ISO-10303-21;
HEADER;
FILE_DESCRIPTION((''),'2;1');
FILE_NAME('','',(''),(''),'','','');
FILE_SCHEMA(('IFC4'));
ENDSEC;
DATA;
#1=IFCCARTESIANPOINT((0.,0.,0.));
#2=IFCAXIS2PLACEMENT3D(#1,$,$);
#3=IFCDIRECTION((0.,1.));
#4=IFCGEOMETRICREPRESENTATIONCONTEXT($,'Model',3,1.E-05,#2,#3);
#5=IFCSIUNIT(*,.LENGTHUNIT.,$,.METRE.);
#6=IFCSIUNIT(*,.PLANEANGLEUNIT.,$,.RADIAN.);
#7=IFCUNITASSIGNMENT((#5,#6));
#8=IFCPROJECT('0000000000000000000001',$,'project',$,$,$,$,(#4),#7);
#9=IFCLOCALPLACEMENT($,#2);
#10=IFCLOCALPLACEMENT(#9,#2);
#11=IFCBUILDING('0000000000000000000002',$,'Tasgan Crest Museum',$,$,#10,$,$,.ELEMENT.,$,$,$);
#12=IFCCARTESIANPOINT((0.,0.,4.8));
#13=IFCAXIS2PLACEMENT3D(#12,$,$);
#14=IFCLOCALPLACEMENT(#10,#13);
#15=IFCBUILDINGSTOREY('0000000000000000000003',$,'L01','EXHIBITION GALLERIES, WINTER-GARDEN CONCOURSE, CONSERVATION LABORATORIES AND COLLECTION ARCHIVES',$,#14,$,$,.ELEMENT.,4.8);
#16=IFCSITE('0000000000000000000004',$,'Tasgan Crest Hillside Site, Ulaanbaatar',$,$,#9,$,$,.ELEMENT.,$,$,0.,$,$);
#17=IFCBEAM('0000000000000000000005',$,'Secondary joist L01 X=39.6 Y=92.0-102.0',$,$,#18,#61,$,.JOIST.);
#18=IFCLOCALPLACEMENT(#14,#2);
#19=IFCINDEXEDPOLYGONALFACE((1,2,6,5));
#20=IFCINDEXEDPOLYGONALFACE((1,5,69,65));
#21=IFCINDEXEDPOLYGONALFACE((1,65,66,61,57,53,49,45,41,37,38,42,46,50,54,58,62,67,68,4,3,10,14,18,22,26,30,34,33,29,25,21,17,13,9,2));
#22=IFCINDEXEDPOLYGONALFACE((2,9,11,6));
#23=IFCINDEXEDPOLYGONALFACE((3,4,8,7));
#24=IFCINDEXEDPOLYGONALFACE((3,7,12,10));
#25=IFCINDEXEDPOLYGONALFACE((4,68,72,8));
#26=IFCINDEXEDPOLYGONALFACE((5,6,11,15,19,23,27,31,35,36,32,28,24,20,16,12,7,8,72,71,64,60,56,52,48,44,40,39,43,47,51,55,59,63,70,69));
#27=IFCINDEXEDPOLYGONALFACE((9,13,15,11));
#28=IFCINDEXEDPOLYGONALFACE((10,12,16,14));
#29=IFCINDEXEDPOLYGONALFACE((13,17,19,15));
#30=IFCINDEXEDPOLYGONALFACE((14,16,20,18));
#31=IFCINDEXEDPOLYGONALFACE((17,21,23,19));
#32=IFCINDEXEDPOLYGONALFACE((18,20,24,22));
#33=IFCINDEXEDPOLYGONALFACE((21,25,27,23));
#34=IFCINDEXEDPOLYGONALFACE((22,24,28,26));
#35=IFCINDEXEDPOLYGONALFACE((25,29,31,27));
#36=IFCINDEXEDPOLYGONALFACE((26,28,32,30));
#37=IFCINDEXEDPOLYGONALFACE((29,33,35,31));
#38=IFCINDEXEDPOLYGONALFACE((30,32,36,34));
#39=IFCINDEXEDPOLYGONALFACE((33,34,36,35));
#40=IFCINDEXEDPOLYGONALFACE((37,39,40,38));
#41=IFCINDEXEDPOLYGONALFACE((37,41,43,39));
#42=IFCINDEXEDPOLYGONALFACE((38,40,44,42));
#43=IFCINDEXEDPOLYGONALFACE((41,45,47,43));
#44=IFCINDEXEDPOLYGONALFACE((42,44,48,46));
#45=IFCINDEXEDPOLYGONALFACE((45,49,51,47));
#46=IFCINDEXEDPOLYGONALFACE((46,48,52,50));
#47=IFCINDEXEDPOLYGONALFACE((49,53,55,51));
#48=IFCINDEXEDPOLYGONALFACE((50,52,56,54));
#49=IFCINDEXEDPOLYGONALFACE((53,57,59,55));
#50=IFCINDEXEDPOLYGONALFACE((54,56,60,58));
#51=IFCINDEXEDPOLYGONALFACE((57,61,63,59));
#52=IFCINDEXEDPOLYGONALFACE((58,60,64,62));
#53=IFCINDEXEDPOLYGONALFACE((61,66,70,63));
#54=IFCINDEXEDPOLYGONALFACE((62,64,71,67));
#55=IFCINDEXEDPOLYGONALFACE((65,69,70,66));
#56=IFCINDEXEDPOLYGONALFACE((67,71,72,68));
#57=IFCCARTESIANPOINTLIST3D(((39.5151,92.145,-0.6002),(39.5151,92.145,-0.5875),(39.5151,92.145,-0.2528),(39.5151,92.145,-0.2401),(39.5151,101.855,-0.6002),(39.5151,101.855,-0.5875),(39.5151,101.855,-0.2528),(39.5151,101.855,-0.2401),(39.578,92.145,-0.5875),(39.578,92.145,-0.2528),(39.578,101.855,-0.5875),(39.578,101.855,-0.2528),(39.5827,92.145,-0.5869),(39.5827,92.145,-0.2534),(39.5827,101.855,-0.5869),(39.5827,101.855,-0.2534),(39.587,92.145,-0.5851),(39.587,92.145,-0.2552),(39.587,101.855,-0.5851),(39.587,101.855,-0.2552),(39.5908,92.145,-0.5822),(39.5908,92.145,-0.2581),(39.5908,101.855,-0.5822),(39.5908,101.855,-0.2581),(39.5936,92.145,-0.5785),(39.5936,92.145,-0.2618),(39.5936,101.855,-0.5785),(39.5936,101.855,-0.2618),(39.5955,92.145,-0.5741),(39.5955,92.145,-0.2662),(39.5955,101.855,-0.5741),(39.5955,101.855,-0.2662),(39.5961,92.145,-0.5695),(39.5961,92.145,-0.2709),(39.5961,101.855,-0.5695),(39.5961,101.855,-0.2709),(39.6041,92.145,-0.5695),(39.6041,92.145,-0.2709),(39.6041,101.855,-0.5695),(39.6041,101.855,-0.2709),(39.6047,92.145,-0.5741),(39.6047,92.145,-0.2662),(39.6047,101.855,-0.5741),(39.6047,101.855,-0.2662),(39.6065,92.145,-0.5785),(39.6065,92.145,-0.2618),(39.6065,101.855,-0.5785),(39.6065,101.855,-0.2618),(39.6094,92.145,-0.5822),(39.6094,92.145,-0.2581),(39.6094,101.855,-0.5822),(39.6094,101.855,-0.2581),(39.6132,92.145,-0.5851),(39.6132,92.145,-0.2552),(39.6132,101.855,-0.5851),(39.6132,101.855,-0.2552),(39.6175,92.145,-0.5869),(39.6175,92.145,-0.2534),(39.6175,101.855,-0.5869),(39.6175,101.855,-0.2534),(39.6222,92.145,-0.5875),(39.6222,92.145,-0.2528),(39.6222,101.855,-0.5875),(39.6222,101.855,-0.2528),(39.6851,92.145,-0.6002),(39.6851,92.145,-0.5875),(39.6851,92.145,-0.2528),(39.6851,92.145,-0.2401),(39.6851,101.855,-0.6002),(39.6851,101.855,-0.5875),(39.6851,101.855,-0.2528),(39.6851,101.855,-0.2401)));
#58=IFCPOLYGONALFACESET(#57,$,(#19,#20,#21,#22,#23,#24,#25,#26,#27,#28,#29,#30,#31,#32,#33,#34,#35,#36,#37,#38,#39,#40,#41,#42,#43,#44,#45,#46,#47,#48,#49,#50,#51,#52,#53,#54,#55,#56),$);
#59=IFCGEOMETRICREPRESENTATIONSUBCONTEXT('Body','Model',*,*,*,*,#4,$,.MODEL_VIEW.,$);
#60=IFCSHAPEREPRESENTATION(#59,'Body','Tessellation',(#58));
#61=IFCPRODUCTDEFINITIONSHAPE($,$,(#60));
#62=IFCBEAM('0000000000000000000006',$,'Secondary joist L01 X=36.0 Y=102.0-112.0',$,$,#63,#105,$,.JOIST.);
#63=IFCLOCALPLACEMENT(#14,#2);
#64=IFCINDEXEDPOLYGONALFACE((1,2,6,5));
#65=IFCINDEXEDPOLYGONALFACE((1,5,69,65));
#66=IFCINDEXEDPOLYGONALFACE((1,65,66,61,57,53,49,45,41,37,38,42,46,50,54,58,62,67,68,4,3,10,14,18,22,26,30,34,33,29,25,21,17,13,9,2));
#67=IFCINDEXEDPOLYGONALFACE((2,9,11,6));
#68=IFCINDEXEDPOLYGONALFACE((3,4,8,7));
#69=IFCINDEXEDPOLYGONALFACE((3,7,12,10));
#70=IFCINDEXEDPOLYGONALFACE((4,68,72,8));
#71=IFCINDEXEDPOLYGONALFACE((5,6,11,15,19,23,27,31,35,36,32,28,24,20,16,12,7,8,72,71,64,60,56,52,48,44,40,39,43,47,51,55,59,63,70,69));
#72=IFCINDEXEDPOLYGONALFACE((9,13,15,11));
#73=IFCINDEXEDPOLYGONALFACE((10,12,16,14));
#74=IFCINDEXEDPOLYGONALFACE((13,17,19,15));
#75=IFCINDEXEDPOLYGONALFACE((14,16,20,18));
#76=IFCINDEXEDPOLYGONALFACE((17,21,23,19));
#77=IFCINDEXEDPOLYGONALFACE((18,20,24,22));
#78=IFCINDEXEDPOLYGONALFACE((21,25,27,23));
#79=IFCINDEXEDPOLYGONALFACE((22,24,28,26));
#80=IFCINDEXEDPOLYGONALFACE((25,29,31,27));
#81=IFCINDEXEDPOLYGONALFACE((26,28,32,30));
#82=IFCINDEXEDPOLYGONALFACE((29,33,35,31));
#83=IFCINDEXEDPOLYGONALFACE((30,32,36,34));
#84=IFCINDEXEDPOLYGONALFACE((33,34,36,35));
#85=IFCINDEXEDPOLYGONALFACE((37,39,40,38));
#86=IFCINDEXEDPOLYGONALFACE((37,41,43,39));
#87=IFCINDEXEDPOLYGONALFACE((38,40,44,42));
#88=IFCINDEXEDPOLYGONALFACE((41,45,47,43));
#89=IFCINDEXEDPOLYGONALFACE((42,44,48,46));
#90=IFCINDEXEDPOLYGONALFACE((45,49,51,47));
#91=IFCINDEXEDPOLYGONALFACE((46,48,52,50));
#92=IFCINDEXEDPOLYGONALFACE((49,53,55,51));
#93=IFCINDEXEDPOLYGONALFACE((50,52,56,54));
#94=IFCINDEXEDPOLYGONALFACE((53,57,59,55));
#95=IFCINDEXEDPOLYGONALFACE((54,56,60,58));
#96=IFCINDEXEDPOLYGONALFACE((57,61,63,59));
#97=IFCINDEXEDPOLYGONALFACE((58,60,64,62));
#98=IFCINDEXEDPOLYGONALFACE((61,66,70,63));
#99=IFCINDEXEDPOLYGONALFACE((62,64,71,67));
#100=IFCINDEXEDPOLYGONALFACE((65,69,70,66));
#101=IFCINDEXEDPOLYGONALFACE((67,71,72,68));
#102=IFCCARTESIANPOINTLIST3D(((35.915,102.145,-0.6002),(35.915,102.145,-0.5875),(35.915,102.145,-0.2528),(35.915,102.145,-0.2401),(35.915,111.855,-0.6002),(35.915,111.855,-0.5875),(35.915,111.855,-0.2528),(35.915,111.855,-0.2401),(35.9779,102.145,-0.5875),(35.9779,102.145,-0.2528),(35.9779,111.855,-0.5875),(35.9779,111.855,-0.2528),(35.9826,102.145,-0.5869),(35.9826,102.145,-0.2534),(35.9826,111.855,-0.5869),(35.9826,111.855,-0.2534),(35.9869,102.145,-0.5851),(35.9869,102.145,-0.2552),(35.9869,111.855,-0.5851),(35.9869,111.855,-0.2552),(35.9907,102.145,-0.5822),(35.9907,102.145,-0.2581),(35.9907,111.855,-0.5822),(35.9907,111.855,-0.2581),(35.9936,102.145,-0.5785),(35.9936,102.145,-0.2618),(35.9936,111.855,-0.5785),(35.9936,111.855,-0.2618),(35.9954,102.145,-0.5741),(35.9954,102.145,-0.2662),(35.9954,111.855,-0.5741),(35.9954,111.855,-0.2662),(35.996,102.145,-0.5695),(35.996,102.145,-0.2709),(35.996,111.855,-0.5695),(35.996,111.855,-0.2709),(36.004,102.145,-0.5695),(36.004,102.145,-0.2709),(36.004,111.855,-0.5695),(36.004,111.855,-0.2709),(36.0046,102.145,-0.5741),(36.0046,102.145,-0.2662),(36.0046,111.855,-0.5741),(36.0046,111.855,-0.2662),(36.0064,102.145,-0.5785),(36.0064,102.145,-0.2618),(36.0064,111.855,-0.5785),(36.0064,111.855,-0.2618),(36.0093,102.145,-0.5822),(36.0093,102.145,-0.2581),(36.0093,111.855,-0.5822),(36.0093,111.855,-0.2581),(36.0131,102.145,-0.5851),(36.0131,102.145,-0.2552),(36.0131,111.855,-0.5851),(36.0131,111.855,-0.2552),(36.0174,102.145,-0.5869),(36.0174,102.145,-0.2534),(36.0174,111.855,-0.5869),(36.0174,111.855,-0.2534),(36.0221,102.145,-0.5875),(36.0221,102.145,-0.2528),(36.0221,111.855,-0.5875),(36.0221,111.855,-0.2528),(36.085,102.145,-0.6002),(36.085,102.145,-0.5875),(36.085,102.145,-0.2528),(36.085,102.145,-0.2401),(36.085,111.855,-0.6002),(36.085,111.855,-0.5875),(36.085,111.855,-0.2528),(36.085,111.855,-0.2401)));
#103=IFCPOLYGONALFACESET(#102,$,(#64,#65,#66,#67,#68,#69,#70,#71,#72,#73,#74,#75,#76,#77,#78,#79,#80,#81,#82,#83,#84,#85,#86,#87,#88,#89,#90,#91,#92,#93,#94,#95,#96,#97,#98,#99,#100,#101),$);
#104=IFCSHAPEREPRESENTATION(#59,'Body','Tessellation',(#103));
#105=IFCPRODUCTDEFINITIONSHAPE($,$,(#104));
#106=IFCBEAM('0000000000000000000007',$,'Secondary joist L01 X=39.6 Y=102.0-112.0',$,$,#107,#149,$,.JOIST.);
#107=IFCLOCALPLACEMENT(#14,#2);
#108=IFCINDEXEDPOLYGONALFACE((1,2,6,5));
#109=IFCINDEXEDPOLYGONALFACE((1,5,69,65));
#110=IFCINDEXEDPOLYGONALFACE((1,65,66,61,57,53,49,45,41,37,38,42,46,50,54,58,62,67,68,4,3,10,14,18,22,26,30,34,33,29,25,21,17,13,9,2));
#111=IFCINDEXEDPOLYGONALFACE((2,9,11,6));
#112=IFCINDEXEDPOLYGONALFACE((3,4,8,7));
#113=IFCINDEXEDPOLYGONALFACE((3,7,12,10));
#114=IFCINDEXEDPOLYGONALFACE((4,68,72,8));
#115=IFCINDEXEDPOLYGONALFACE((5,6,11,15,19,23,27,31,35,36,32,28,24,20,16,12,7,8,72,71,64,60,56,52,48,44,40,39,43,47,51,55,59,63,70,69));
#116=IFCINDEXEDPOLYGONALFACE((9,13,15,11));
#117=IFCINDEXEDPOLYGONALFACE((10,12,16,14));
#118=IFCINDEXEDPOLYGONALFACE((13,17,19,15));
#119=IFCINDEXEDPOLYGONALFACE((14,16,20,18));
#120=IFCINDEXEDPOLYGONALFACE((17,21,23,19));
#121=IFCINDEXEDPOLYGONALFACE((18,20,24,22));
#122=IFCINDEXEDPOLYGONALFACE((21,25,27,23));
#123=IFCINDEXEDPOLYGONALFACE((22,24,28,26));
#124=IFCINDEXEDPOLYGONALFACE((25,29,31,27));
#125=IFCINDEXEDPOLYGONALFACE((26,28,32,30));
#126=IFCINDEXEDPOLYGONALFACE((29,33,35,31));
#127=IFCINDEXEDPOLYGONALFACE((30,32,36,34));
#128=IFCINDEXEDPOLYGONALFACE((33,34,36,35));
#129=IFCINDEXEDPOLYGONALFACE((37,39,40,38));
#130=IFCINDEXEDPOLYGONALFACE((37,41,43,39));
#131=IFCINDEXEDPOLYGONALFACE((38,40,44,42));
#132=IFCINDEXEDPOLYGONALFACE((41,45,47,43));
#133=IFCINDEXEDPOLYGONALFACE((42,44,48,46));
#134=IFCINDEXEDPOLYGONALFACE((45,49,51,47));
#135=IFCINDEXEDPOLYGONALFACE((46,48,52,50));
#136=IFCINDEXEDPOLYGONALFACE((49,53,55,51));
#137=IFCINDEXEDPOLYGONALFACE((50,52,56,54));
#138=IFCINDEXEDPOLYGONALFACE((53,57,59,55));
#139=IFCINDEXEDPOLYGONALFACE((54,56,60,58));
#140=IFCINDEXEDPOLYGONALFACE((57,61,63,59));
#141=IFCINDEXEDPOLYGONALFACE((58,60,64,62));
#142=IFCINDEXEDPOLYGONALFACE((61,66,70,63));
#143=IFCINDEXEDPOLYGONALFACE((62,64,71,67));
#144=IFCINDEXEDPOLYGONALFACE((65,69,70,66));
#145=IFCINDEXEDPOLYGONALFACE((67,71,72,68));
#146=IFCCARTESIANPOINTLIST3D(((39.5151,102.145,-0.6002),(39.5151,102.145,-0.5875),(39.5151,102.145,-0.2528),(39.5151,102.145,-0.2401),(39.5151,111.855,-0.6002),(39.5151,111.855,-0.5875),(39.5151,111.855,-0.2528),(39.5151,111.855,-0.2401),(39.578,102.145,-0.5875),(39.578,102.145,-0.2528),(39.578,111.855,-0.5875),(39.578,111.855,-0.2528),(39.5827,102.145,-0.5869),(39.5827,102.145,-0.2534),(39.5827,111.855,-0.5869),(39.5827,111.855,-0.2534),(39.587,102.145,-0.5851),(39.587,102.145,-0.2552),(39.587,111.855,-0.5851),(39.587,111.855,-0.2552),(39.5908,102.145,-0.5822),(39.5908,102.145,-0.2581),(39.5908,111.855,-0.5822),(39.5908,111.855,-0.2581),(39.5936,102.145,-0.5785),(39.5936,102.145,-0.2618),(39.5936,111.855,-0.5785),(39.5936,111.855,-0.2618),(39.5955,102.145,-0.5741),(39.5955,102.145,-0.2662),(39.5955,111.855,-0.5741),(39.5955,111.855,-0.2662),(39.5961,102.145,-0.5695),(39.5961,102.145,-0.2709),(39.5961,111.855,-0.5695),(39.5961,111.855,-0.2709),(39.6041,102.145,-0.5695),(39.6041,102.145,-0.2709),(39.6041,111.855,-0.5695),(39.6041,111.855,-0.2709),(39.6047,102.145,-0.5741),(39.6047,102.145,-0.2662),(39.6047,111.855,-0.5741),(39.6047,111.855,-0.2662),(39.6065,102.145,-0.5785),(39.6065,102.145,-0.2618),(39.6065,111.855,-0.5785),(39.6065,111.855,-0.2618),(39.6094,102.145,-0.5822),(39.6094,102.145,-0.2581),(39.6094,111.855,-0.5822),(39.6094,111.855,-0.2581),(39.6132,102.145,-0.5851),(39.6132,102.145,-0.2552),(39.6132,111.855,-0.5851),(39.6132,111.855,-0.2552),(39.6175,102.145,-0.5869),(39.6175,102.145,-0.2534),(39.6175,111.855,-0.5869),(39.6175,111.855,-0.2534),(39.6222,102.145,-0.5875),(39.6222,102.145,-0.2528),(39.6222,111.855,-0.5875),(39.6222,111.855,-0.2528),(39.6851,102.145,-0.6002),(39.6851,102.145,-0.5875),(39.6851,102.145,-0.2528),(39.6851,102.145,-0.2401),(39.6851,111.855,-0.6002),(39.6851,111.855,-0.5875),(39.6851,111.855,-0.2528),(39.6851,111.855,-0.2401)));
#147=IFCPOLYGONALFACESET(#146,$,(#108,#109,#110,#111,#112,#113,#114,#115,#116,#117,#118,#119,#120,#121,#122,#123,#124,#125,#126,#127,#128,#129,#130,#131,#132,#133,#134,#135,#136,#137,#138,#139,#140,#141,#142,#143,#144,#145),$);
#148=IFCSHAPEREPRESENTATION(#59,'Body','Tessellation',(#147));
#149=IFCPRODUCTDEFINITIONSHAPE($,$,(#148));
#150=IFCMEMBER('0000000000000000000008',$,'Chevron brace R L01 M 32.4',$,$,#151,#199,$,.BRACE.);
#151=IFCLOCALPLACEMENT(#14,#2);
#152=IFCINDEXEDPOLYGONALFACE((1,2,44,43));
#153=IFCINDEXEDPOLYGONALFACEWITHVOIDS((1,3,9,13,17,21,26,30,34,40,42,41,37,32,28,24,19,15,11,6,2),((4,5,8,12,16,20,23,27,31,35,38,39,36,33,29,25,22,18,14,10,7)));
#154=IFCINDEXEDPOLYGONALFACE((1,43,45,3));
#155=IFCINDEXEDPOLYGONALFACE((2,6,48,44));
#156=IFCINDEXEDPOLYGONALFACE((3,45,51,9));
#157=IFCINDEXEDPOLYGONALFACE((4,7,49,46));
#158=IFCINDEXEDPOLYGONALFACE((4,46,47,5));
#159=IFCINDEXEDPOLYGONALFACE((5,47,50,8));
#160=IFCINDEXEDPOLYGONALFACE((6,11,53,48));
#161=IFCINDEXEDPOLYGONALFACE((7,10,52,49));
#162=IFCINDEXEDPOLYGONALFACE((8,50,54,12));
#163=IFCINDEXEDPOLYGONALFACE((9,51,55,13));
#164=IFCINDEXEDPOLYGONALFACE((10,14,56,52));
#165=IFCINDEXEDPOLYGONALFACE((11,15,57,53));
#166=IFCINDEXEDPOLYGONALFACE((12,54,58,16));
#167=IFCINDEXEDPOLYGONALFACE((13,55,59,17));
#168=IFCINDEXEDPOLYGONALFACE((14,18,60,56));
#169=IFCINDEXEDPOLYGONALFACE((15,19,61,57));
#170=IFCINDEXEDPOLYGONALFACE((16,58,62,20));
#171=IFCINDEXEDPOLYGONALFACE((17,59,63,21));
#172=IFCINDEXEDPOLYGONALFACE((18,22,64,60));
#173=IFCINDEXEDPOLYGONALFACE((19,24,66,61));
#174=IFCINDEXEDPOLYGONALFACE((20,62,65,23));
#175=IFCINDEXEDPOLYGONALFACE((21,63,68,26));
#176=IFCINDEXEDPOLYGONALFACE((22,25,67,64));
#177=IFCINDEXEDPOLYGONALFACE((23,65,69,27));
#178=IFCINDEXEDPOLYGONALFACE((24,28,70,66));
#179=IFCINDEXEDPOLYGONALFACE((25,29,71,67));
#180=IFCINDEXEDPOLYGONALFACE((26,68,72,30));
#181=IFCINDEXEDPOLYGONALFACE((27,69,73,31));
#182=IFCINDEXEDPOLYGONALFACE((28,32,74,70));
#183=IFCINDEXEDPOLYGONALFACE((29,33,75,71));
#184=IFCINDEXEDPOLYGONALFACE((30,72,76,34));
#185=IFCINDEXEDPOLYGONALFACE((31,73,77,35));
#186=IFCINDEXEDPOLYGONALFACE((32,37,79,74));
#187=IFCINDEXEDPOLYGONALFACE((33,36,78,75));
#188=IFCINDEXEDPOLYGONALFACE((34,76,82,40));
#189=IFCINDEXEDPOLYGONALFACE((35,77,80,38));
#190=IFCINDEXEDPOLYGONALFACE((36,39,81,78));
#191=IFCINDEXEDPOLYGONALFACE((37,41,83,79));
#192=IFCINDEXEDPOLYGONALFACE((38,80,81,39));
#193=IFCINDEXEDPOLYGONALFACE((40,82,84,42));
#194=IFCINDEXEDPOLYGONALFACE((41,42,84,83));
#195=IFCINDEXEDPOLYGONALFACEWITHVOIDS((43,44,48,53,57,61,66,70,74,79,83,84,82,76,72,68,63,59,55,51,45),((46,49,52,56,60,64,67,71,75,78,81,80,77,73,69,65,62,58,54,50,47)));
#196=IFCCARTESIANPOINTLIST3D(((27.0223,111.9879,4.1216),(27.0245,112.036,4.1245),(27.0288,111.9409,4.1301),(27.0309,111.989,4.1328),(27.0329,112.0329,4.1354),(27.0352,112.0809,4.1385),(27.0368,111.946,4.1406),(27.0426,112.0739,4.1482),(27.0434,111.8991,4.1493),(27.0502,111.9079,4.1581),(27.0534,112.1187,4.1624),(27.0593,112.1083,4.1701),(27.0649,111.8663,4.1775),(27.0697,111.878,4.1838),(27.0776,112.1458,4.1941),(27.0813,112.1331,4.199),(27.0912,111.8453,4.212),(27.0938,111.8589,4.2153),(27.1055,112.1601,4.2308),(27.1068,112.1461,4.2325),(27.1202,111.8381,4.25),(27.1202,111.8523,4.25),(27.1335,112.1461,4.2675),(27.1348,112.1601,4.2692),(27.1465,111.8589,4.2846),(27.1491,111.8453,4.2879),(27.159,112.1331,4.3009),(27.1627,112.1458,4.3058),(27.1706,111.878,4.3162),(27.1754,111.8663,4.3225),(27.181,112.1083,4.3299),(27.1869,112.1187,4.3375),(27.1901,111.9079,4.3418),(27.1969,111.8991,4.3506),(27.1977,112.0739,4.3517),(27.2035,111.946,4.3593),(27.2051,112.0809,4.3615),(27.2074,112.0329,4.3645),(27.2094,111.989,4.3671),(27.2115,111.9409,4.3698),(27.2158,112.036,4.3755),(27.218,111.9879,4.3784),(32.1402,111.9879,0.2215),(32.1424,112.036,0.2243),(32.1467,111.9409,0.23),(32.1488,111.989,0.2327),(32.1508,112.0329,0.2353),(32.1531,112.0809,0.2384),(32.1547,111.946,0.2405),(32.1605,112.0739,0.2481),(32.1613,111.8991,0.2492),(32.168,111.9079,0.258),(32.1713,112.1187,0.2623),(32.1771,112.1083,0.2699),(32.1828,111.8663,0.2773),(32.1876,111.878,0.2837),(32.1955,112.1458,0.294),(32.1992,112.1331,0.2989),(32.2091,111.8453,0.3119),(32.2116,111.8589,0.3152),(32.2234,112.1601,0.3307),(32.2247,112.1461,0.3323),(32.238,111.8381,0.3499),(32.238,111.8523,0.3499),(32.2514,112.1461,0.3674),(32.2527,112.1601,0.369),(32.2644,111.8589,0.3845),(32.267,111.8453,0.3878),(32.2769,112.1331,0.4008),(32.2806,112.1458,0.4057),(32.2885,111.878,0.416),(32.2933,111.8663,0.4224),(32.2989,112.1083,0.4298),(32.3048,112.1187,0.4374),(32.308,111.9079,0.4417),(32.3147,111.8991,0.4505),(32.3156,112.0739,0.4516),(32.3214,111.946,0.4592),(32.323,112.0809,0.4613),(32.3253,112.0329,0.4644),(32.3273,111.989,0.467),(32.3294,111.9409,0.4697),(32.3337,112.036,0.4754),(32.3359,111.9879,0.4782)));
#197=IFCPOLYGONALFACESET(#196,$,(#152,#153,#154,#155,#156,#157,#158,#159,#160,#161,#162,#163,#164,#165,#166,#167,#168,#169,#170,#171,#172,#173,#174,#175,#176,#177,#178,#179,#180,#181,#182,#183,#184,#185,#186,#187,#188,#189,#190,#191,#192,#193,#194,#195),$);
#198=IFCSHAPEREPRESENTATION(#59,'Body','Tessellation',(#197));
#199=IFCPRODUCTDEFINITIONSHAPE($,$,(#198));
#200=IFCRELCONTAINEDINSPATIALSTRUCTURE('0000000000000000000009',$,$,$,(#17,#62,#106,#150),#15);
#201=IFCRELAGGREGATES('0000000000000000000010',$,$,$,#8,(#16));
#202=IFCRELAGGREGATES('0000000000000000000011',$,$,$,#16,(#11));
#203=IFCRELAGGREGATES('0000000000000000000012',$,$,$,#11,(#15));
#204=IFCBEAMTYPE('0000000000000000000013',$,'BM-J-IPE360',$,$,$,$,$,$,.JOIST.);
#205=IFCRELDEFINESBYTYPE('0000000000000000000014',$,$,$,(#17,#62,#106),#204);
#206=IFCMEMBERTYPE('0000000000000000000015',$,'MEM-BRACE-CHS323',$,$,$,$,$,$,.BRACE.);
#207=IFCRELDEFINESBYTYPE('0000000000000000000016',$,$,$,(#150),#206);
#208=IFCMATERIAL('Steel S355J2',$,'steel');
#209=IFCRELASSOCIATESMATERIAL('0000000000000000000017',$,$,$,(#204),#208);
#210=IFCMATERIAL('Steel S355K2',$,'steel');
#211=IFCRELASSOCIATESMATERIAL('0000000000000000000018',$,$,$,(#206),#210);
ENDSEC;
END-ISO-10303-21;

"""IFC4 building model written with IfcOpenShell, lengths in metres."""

from ifc_helpers import new_model, si_unit, direction, frame, origin, origin_2d, place, context, subcontext, project, spatial, hollow_circle, i_section, extrude, material, material_profile, profile_set, type_object, element, save


model = new_model("IFC4")

# Units and contexts
model_context = context("Model", 3, precision=1e-05, world=origin(), true_north=direction((0.0, 1.0)))
body_context = subcontext(model_context, "Body", "Model", "MODEL_VIEW")
ifc_project = project(units=[si_unit("LENGTHUNIT", "METRE"), si_unit("PLANEANGLEUNIT", "RADIAN")], contexts=[model_context])

# Site, building, storey
site_placement = place(None, origin())
site = spatial("IfcSite", under=ifc_project, at=site_placement, Name="Tasgan Crest Hillside Site, Ulaanbaatar", CompositionType="ELEMENT", RefElevation=0.0)
building_placement = place(site_placement, origin())
building = spatial("IfcBuilding", under=site, at=building_placement, Name="Tasgan Crest Museum", CompositionType="ELEMENT")
storey_placement = place(building_placement, frame((0.0, 0.0, 4.8)))
storey = spatial("IfcBuildingStorey", under=building, at=storey_placement, Name="L01", Description="EXHIBITION GALLERIES, WINTER-GARDEN CONCOURSE, CONSERVATION LABORATORIES AND COLLECTION ARCHIVES", CompositionType="ELEMENT", Elevation=4.8)

# Beams
ifc_material_1 = material(Name="Steel S355J2", Category="steel")
ifc_material_profile_1 = material_profile(ifc_material_1, i_section(OverallWidth=0.1699, OverallDepth=0.3601, WebThickness=0.0081, FlangeThickness=0.0127, FilletRadius=0.0181, at=origin_2d()), Name="IPE 360")
ifc_profile_set_1 = profile_set([ifc_material_profile_1], Name="Steel S355J2")
beam_type_1 = type_object("IfcBeamType", Name="BM-J-IPE360", PredefinedType="JOIST", material=ifc_profile_set_1)
for number, where, z_axis, x_axis, name in (
    (1, (39.6001, 92.145, -0.4202), (0.0, 1.0, 0.0), (-1.0, 0.0, 0.0), "Secondary joist L01 X=39.6 Y=92.0-102.0"),
    (2, (36.0, 102.145, -0.4202), (0.0, 1.0, 0.0), (-1.0, 0.0, 0.0), "Secondary joist L01 X=36.0 Y=102.0-112.0"),
    (3, (39.6001, 102.145, -0.4202), (0.0, 1.0, 0.0), (-1.0, 0.0, 0.0), "Secondary joist L01 X=39.6 Y=102.0-112.0"),
):
    element("IfcBeam", number, at=place(storey_placement, frame(where, z_axis=z_axis, x_axis=x_axis)), inside=storey, type_object=beam_type_1, Name=name, PredefinedType="JOIST", context=body_context, shape_type="SweptSolid", body=[
        extrude(i_section(OverallWidth=0.1699, OverallDepth=0.3601, WebThickness=0.0081, FlangeThickness=0.0127, FilletRadius=0.0181, at=origin_2d()), origin(), (0.0, 0.0, 1.0), 9.71),
    ])

# Member
ifc_material_2 = material(Name="Steel S355K2", Category="steel")
ifc_material_profile_2 = material_profile(ifc_material_2, hollow_circle(Radius=0.1619, WallThickness=0.0142, at=origin_2d()), Name="CHS 323.9x14.2")
ifc_profile_set_2 = profile_set([ifc_material_profile_2], Name="Steel S355K2")
member_type = type_object("IfcMemberType", Name="MEM-BRACE-CHS323", PredefinedType="BRACE", material=ifc_profile_set_2)
member_1_placement = place(storey_placement, frame((32.238, 112.0, 0.3499), z_axis=(-0.795373, 0.0, 0.60612), x_axis=(0.0, -1.0, 0.0)))
element("IfcMember", 4, at=member_1_placement, inside=storey, type_object=member_type, Name="Chevron brace R L01 M 32.4", PredefinedType="BRACE", context=body_context, shape_type="SweptSolid", body=[
    extrude(hollow_circle(Radius=0.1619, WallThickness=0.0142, at=origin_2d()), origin(), (0.0, 0.0, 1.0), 6.4346),
])

save(model, "model.ifc")
